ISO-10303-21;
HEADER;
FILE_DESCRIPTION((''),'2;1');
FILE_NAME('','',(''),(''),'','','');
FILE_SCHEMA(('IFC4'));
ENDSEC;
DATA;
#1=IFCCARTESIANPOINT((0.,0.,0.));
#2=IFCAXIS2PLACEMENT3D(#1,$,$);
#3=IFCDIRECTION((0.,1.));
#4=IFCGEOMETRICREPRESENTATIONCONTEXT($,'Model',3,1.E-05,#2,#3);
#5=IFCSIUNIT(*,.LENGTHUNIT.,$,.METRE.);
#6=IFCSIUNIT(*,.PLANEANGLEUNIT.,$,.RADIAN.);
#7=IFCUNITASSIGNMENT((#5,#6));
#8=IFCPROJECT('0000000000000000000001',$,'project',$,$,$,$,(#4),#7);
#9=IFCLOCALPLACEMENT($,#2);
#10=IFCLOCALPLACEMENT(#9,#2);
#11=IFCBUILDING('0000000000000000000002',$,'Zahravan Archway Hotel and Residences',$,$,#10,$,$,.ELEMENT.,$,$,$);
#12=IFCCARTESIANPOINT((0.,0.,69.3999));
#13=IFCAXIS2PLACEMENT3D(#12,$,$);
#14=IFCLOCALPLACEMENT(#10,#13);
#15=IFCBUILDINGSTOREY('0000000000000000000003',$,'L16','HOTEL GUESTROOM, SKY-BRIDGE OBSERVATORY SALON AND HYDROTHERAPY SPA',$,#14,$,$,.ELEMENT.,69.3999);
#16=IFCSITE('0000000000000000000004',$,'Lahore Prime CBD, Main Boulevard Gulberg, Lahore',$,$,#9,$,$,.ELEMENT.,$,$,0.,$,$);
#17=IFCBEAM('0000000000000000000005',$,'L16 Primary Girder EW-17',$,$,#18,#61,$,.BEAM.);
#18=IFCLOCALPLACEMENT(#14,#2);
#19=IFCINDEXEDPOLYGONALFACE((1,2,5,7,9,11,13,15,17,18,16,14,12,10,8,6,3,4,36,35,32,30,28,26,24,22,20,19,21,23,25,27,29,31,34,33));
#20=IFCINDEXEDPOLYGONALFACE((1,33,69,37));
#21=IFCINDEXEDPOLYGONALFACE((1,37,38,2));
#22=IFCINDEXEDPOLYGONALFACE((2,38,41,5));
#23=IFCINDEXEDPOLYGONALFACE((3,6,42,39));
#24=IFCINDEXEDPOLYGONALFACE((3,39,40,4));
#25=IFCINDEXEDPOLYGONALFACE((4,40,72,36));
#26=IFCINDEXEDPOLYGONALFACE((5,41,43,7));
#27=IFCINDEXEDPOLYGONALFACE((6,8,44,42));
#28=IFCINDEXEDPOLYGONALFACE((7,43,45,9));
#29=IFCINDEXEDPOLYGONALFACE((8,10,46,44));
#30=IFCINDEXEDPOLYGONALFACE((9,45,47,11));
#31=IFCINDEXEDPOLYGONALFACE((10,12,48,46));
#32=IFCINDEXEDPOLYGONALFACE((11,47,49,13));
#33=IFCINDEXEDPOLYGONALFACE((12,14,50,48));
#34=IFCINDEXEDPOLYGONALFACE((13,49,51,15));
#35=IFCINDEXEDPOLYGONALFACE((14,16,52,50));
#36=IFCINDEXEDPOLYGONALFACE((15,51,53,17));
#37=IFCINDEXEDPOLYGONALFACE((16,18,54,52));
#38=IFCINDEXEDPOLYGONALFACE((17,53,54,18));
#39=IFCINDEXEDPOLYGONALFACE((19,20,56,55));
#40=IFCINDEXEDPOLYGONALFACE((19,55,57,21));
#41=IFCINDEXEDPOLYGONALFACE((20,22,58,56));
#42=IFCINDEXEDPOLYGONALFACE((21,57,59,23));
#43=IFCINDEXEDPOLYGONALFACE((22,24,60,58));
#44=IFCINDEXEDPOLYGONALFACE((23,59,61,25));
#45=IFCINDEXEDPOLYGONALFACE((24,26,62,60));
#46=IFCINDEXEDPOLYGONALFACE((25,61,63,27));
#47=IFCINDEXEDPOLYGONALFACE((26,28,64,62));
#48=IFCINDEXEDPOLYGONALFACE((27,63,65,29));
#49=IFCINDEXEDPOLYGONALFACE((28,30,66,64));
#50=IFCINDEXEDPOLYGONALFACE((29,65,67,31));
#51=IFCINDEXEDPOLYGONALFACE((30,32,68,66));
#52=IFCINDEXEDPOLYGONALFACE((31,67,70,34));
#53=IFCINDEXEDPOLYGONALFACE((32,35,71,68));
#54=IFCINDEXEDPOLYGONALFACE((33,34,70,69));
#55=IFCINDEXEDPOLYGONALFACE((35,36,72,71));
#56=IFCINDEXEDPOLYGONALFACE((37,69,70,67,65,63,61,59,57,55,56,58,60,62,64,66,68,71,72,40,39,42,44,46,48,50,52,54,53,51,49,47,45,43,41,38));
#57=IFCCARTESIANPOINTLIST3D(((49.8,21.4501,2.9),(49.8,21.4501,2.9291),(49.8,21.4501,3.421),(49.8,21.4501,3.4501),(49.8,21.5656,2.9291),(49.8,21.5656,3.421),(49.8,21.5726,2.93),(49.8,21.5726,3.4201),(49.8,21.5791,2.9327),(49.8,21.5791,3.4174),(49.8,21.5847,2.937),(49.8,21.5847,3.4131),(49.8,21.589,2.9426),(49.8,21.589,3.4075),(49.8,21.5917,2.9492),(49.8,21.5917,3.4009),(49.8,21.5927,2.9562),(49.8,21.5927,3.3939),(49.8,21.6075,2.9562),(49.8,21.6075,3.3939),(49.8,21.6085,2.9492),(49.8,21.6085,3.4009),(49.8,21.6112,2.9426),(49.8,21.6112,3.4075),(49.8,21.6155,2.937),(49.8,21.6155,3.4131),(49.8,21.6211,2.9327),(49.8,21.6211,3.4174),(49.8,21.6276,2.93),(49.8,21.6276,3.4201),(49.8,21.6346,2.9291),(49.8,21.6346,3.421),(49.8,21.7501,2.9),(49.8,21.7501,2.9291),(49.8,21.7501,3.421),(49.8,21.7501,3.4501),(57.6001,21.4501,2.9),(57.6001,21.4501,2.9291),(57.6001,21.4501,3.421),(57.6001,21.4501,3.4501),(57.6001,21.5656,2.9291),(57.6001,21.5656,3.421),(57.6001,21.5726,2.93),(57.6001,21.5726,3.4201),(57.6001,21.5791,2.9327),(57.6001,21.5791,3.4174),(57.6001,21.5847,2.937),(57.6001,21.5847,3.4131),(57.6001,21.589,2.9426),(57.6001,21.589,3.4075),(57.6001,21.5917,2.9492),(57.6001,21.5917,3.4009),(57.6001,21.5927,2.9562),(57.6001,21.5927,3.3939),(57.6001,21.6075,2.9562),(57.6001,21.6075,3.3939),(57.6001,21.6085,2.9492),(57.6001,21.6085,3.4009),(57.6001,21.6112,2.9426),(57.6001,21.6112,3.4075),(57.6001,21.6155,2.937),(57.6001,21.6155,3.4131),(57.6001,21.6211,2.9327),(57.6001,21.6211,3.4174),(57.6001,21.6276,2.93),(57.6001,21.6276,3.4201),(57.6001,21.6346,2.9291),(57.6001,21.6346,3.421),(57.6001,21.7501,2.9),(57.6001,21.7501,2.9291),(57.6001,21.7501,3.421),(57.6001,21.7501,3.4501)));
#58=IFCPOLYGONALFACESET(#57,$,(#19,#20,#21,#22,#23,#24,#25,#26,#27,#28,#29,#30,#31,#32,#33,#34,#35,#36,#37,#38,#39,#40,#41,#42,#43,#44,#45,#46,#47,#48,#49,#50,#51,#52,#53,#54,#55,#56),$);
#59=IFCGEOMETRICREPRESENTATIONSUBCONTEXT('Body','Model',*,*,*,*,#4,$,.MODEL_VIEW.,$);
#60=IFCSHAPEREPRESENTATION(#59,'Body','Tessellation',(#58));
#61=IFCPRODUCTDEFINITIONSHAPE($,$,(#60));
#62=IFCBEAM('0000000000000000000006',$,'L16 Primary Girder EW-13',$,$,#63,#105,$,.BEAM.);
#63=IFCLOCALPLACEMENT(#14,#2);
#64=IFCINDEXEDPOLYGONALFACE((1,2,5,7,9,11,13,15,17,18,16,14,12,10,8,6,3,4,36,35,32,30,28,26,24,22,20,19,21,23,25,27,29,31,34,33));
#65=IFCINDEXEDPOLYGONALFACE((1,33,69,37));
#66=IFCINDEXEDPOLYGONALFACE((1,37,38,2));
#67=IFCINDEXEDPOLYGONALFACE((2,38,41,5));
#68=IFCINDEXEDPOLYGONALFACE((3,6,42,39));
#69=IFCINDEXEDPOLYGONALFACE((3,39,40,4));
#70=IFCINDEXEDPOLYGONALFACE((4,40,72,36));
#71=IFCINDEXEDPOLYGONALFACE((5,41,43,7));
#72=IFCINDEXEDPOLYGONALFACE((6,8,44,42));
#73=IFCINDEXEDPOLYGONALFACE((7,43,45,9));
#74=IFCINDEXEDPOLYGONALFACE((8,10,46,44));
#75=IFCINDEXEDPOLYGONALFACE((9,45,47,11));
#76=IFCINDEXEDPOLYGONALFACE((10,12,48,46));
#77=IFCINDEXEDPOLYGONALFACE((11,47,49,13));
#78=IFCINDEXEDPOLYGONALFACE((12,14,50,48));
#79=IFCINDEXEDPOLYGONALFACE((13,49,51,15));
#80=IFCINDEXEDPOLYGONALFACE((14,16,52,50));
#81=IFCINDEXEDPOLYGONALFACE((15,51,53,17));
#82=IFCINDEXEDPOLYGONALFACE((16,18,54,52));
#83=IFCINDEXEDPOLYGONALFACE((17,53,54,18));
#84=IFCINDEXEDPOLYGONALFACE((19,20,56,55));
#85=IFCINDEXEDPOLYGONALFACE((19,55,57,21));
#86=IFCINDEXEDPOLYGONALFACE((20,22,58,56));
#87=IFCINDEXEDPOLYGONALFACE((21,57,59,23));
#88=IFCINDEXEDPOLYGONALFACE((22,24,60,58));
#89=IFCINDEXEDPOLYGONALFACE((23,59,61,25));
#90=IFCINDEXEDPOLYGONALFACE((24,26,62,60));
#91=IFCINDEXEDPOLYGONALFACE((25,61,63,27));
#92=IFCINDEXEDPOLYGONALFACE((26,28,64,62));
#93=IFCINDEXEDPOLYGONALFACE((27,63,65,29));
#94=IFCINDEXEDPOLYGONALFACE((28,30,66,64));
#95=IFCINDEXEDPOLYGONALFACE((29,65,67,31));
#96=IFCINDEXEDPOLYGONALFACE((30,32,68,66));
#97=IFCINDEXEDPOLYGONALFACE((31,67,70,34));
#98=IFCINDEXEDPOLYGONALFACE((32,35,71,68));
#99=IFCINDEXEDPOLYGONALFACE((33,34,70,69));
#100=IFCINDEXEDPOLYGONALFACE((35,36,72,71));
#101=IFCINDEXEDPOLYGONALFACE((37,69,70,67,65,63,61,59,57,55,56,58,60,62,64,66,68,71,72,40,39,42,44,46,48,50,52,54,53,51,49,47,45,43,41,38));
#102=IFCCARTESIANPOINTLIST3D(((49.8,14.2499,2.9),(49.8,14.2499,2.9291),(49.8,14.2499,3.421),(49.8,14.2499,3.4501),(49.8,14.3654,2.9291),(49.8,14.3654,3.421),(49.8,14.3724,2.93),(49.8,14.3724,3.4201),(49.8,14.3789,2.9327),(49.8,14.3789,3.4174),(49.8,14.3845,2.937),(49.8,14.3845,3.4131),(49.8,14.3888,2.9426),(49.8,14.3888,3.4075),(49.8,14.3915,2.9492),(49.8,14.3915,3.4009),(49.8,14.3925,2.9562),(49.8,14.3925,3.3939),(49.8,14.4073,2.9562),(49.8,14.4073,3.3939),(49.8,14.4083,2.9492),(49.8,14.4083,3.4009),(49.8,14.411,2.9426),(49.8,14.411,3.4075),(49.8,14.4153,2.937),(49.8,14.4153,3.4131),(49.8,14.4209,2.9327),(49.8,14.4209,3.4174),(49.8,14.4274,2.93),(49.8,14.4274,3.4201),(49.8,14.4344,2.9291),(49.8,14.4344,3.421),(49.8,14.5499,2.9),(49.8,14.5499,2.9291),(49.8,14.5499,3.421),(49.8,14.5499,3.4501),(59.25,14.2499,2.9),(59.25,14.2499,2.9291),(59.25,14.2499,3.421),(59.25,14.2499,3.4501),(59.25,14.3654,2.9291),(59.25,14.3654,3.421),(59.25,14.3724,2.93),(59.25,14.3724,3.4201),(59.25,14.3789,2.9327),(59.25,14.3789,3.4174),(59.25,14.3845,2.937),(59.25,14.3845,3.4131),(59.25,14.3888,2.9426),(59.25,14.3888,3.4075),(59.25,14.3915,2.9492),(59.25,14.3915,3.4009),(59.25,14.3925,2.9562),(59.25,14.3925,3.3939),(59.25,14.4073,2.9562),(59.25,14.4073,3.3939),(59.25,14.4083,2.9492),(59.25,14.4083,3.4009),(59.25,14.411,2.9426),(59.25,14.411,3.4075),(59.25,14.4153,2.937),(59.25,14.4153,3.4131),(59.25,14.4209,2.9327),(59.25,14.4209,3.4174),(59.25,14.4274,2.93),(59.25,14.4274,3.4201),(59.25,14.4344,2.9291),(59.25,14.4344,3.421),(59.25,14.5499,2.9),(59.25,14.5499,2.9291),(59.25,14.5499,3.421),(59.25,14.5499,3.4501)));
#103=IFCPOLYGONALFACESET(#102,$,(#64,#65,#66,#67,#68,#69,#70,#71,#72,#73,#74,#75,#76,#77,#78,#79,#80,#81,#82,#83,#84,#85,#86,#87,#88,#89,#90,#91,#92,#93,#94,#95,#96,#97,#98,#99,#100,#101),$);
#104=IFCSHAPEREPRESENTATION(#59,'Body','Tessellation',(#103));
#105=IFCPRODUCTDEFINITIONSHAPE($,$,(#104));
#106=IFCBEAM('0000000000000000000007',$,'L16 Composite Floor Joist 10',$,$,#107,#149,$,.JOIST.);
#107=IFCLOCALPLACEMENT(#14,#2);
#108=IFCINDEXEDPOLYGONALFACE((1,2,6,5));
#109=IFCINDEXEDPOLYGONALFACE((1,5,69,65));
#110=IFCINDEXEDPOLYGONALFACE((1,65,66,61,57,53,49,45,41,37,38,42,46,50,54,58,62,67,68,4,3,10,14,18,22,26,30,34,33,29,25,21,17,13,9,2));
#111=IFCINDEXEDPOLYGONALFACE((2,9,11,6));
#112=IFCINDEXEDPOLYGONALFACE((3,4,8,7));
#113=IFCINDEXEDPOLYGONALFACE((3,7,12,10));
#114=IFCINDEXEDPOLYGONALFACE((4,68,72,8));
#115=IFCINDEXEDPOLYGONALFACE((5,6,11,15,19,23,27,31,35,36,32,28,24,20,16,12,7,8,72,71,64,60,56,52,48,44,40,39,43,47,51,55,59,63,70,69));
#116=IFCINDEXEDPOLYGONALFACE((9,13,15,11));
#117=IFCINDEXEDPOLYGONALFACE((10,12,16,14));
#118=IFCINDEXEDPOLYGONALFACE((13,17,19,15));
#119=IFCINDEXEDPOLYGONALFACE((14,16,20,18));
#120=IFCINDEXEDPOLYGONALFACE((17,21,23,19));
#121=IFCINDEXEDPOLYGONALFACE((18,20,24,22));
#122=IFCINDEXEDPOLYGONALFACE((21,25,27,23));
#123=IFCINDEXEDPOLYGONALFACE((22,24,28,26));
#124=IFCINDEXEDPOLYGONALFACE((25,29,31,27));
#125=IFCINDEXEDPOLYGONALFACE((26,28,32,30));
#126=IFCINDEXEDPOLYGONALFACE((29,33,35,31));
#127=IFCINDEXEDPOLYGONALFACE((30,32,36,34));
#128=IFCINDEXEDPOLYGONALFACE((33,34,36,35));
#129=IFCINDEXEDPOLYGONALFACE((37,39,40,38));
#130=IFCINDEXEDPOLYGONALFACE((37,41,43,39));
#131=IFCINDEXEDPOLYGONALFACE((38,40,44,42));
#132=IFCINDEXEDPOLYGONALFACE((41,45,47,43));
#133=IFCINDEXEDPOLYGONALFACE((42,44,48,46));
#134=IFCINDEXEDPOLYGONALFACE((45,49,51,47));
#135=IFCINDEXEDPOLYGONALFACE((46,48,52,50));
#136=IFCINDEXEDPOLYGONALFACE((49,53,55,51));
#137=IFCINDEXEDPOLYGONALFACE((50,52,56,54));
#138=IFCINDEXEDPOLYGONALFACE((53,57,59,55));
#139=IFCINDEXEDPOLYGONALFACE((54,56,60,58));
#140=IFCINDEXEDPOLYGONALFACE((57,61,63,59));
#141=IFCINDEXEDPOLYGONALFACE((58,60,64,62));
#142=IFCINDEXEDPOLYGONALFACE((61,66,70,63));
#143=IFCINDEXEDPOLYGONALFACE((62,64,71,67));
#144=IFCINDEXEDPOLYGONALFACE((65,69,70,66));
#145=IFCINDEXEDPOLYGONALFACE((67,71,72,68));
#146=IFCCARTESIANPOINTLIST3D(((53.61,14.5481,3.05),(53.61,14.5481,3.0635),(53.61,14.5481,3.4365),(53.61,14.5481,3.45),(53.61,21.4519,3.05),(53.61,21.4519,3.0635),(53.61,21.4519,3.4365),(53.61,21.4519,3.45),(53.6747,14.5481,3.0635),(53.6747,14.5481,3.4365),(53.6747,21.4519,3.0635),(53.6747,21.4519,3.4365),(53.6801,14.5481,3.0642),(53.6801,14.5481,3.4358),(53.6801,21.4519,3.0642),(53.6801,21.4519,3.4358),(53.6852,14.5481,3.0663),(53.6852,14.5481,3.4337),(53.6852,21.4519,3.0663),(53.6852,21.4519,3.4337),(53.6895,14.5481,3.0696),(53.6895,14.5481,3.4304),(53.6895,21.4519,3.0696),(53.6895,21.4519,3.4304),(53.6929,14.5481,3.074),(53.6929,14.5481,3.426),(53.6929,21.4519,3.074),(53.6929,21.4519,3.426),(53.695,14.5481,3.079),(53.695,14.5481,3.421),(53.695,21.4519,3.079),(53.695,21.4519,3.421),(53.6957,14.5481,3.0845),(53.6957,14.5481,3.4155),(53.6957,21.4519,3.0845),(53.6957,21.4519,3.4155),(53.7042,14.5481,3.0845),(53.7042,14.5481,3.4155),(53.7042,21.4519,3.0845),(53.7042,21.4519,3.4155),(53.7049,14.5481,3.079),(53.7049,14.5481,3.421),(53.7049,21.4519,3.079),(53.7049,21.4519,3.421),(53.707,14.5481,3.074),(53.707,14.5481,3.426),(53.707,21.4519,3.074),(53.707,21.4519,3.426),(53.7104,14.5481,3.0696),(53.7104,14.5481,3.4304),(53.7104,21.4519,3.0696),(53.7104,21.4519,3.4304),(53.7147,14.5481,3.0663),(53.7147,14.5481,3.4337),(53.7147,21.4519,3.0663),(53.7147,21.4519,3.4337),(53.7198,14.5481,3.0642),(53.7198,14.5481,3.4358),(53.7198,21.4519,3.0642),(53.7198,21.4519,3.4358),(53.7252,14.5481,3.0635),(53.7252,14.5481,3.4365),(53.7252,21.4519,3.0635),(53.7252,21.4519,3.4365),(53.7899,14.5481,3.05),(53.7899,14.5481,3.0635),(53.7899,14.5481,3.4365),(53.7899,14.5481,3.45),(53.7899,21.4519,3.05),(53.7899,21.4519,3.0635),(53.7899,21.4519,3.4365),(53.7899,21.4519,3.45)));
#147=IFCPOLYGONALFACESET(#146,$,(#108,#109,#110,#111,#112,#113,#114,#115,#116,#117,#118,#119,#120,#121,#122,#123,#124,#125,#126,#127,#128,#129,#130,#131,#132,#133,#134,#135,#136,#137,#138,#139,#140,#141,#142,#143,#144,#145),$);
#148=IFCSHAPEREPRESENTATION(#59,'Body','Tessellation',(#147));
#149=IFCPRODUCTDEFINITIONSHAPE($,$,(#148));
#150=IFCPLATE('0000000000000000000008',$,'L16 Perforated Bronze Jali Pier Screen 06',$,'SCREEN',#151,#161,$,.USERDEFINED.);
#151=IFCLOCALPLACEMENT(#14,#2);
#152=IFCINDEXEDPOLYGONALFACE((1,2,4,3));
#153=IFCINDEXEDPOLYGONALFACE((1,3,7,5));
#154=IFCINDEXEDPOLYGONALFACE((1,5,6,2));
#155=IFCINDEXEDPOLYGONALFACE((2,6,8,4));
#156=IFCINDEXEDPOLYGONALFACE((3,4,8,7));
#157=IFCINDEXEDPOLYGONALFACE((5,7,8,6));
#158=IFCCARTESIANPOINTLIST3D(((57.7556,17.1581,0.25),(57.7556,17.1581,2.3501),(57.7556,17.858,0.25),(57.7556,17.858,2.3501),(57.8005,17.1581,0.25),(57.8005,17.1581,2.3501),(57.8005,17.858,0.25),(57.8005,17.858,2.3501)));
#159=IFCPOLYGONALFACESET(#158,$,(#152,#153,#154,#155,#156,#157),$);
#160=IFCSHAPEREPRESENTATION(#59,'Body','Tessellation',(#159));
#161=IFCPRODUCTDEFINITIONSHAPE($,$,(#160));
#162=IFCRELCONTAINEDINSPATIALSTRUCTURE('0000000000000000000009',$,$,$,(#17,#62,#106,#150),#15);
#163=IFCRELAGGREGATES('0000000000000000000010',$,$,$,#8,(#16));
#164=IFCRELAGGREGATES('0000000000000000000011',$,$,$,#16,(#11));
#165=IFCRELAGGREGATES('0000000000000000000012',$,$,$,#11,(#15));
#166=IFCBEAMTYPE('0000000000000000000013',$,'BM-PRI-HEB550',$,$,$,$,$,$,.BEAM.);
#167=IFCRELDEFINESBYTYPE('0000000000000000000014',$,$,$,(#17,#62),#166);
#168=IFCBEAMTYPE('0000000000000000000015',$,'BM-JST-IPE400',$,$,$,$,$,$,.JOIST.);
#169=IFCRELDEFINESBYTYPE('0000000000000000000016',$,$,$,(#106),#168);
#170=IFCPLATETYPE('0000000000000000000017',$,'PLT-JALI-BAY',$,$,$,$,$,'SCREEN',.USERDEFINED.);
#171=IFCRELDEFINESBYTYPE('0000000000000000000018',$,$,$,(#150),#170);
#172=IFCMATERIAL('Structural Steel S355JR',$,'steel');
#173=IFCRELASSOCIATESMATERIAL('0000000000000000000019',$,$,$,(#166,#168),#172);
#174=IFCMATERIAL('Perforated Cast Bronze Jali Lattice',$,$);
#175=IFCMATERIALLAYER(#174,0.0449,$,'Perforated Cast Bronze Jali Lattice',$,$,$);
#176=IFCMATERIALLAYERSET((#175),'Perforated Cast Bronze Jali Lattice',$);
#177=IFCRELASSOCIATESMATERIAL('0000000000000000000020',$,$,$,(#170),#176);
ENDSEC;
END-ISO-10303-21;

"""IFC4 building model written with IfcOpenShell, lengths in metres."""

from ifc_helpers import new_model, si_unit, direction, frame, origin, origin_2d, place, context, subcontext, project, spatial, rectangle, i_section, extrude, source, transform, mapped, material, layer, layer_set, material_profile, profile_set, type_object, type_shapes, element, save


model = new_model("IFC4")

# Units and contexts
model_context = context("Model", 3, precision=1e-05, world=origin(), true_north=direction((0.0, 1.0)))
body_context = subcontext(model_context, "Body", "Model", "MODEL_VIEW")
ifc_project = project(units=[si_unit("LENGTHUNIT", "METRE"), si_unit("PLANEANGLEUNIT", "RADIAN")], contexts=[model_context])

# Site, building, storey
site_placement = place(None, origin())
site = spatial("IfcSite", under=ifc_project, at=site_placement, Name="Lahore Prime CBD, Main Boulevard Gulberg, Lahore", CompositionType="ELEMENT", RefElevation=0.0)
building_placement = place(site_placement, origin())
building = spatial("IfcBuilding", under=site, at=building_placement, Name="Zahravan Archway Hotel and Residences", CompositionType="ELEMENT")
storey_placement = place(building_placement, frame((0.0, 0.0, 69.3999)))
storey = spatial("IfcBuildingStorey", under=building, at=storey_placement, Name="L16", Description="HOTEL GUESTROOM, SKY-BRIDGE OBSERVATORY SALON AND HYDROTHERAPY SPA", CompositionType="ELEMENT", Elevation=69.3999)

# Beams
ifc_material_1 = material(Name="Structural Steel S355JR", Category="steel")
ifc_material_profile_1 = material_profile(ifc_material_1, i_section(OverallWidth=0.3, OverallDepth=0.55, WebThickness=0.0149, FlangeThickness=0.0291, FilletRadius=0.0271, at=origin_2d()), Name="HEB 550", Category="steel")
ifc_profile_set_1 = profile_set([ifc_material_profile_1], Name="Structural Steel S355JR")
beam_type_1 = type_object("IfcBeamType", Name="BM-PRI-HEB550", PredefinedType="BEAM", material=ifc_profile_set_1)
shared_shape_1 = source(origin(), body_context, "Body", "SweptSolid", [
    extrude(i_section(OverallWidth=0.3, OverallDepth=0.55, WebThickness=0.0149, FlangeThickness=0.0291, FilletRadius=0.0271, at=origin_2d()), origin(), (0.0, 0.0, 1.0), 7.8),
])
for number, where, z_axis, x_axis, name in (
    (1, (49.8, 21.6001, 3.175), (1.0, 0.0, 0.0), (0.0, 1.0, 0.0), "L16 Primary Girder EW-17"),
):
    element("IfcBeam", number, at=place(storey_placement, frame(where, z_axis=z_axis, x_axis=x_axis)), inside=storey, type_object=beam_type_1, Name=name, PredefinedType="BEAM", context=body_context, shape_type="MappedRepresentation", body=[
        mapped(shared_shape_1, transform((0.0, 0.0, 0.0), scale=1.0)),
    ])
shared_shape_2 = source(origin(), body_context, "Body", "SweptSolid", [
    extrude(i_section(OverallWidth=0.3, OverallDepth=0.55, WebThickness=0.0149, FlangeThickness=0.0291, FilletRadius=0.0271, at=origin_2d()), origin(), (0.0, 0.0, 1.0), 9.45),
])
beam_1_placement = place(storey_placement, frame((49.8, 14.3999, 3.175), z_axis=(1.0, 0.0, 0.0), x_axis=(0.0, 1.0, 0.0)))
element("IfcBeam", 2, at=beam_1_placement, inside=storey, type_object=beam_type_1, Name="L16 Primary Girder EW-13", PredefinedType="BEAM", context=body_context, shape_type="MappedRepresentation", body=[
    mapped(shared_shape_2, transform((0.0, 0.0, 0.0), scale=1.0)),
])
ifc_material_profile_2 = material_profile(ifc_material_1, i_section(OverallWidth=0.1799, OverallDepth=0.3999, WebThickness=0.0085, FlangeThickness=0.0134, FilletRadius=0.021, at=origin_2d()), Name="IPE 400", Category="steel")
ifc_profile_set_2 = profile_set([ifc_material_profile_2], Name="Structural Steel S355JR")
beam_type_2 = type_object("IfcBeamType", Name="BM-JST-IPE400", PredefinedType="JOIST", material=ifc_profile_set_2)
shared_shape_3 = source(origin(), body_context, "Body", "SweptSolid", [
    extrude(i_section(OverallWidth=0.1799, OverallDepth=0.3999, WebThickness=0.0085, FlangeThickness=0.0134, FilletRadius=0.021, at=origin_2d()), origin(), (0.0, 0.0, 1.0), 6.9038),
])
beam_2_placement = place(storey_placement, frame((53.7, 14.5481, 3.25), z_axis=(0.0, 1.0, 0.0), x_axis=(-1.0, 0.0, 0.0)))
element("IfcBeam", 3, at=beam_2_placement, inside=storey, type_object=beam_type_2, Name="L16 Composite Floor Joist 10", PredefinedType="JOIST", context=body_context, shape_type="MappedRepresentation", body=[
    mapped(shared_shape_3, transform((0.0, 0.0, 0.0), scale=1.0)),
])

# Plate
ifc_material_2 = material(Name="Perforated Cast Bronze Jali Lattice")
ifc_layer_1 = layer(ifc_material_2, 0.0449, Name="Perforated Cast Bronze Jali Lattice")
ifc_layer_set_1 = layer_set([ifc_layer_1], Name="Perforated Cast Bronze Jali Lattice")
plate_type = type_object("IfcPlateType", Name="PLT-JALI-BAY", ElementType="SCREEN", PredefinedType="USERDEFINED", material=ifc_layer_set_1)
shared_shape_4 = source(origin(), body_context, "Body", "SweptSolid", [
    extrude(rectangle(XDim=0.7, YDim=0.0449, at=origin_2d()), origin(), (0.0, 0.0, 1.0), 2.1001),
])
type_shapes(plate_type, [shared_shape_4])
plate_placement = place(storey_placement, frame((57.7781, 17.5081, 0.25), z_axis=(0.0, 0.0, 1.0), x_axis=(0.0, 1.0, 0.0)))
element("IfcPlate", 4, at=plate_placement, inside=storey, type_object=plate_type, Name="L16 Perforated Bronze Jali Pier Screen 06", ObjectType="SCREEN", PredefinedType="USERDEFINED", context=body_context, shape_type="MappedRepresentation", body=[
    mapped(shared_shape_4, transform((0.0, 0.0, 0.0), scale=1.0)),
])

save(model, "model.ifc")
